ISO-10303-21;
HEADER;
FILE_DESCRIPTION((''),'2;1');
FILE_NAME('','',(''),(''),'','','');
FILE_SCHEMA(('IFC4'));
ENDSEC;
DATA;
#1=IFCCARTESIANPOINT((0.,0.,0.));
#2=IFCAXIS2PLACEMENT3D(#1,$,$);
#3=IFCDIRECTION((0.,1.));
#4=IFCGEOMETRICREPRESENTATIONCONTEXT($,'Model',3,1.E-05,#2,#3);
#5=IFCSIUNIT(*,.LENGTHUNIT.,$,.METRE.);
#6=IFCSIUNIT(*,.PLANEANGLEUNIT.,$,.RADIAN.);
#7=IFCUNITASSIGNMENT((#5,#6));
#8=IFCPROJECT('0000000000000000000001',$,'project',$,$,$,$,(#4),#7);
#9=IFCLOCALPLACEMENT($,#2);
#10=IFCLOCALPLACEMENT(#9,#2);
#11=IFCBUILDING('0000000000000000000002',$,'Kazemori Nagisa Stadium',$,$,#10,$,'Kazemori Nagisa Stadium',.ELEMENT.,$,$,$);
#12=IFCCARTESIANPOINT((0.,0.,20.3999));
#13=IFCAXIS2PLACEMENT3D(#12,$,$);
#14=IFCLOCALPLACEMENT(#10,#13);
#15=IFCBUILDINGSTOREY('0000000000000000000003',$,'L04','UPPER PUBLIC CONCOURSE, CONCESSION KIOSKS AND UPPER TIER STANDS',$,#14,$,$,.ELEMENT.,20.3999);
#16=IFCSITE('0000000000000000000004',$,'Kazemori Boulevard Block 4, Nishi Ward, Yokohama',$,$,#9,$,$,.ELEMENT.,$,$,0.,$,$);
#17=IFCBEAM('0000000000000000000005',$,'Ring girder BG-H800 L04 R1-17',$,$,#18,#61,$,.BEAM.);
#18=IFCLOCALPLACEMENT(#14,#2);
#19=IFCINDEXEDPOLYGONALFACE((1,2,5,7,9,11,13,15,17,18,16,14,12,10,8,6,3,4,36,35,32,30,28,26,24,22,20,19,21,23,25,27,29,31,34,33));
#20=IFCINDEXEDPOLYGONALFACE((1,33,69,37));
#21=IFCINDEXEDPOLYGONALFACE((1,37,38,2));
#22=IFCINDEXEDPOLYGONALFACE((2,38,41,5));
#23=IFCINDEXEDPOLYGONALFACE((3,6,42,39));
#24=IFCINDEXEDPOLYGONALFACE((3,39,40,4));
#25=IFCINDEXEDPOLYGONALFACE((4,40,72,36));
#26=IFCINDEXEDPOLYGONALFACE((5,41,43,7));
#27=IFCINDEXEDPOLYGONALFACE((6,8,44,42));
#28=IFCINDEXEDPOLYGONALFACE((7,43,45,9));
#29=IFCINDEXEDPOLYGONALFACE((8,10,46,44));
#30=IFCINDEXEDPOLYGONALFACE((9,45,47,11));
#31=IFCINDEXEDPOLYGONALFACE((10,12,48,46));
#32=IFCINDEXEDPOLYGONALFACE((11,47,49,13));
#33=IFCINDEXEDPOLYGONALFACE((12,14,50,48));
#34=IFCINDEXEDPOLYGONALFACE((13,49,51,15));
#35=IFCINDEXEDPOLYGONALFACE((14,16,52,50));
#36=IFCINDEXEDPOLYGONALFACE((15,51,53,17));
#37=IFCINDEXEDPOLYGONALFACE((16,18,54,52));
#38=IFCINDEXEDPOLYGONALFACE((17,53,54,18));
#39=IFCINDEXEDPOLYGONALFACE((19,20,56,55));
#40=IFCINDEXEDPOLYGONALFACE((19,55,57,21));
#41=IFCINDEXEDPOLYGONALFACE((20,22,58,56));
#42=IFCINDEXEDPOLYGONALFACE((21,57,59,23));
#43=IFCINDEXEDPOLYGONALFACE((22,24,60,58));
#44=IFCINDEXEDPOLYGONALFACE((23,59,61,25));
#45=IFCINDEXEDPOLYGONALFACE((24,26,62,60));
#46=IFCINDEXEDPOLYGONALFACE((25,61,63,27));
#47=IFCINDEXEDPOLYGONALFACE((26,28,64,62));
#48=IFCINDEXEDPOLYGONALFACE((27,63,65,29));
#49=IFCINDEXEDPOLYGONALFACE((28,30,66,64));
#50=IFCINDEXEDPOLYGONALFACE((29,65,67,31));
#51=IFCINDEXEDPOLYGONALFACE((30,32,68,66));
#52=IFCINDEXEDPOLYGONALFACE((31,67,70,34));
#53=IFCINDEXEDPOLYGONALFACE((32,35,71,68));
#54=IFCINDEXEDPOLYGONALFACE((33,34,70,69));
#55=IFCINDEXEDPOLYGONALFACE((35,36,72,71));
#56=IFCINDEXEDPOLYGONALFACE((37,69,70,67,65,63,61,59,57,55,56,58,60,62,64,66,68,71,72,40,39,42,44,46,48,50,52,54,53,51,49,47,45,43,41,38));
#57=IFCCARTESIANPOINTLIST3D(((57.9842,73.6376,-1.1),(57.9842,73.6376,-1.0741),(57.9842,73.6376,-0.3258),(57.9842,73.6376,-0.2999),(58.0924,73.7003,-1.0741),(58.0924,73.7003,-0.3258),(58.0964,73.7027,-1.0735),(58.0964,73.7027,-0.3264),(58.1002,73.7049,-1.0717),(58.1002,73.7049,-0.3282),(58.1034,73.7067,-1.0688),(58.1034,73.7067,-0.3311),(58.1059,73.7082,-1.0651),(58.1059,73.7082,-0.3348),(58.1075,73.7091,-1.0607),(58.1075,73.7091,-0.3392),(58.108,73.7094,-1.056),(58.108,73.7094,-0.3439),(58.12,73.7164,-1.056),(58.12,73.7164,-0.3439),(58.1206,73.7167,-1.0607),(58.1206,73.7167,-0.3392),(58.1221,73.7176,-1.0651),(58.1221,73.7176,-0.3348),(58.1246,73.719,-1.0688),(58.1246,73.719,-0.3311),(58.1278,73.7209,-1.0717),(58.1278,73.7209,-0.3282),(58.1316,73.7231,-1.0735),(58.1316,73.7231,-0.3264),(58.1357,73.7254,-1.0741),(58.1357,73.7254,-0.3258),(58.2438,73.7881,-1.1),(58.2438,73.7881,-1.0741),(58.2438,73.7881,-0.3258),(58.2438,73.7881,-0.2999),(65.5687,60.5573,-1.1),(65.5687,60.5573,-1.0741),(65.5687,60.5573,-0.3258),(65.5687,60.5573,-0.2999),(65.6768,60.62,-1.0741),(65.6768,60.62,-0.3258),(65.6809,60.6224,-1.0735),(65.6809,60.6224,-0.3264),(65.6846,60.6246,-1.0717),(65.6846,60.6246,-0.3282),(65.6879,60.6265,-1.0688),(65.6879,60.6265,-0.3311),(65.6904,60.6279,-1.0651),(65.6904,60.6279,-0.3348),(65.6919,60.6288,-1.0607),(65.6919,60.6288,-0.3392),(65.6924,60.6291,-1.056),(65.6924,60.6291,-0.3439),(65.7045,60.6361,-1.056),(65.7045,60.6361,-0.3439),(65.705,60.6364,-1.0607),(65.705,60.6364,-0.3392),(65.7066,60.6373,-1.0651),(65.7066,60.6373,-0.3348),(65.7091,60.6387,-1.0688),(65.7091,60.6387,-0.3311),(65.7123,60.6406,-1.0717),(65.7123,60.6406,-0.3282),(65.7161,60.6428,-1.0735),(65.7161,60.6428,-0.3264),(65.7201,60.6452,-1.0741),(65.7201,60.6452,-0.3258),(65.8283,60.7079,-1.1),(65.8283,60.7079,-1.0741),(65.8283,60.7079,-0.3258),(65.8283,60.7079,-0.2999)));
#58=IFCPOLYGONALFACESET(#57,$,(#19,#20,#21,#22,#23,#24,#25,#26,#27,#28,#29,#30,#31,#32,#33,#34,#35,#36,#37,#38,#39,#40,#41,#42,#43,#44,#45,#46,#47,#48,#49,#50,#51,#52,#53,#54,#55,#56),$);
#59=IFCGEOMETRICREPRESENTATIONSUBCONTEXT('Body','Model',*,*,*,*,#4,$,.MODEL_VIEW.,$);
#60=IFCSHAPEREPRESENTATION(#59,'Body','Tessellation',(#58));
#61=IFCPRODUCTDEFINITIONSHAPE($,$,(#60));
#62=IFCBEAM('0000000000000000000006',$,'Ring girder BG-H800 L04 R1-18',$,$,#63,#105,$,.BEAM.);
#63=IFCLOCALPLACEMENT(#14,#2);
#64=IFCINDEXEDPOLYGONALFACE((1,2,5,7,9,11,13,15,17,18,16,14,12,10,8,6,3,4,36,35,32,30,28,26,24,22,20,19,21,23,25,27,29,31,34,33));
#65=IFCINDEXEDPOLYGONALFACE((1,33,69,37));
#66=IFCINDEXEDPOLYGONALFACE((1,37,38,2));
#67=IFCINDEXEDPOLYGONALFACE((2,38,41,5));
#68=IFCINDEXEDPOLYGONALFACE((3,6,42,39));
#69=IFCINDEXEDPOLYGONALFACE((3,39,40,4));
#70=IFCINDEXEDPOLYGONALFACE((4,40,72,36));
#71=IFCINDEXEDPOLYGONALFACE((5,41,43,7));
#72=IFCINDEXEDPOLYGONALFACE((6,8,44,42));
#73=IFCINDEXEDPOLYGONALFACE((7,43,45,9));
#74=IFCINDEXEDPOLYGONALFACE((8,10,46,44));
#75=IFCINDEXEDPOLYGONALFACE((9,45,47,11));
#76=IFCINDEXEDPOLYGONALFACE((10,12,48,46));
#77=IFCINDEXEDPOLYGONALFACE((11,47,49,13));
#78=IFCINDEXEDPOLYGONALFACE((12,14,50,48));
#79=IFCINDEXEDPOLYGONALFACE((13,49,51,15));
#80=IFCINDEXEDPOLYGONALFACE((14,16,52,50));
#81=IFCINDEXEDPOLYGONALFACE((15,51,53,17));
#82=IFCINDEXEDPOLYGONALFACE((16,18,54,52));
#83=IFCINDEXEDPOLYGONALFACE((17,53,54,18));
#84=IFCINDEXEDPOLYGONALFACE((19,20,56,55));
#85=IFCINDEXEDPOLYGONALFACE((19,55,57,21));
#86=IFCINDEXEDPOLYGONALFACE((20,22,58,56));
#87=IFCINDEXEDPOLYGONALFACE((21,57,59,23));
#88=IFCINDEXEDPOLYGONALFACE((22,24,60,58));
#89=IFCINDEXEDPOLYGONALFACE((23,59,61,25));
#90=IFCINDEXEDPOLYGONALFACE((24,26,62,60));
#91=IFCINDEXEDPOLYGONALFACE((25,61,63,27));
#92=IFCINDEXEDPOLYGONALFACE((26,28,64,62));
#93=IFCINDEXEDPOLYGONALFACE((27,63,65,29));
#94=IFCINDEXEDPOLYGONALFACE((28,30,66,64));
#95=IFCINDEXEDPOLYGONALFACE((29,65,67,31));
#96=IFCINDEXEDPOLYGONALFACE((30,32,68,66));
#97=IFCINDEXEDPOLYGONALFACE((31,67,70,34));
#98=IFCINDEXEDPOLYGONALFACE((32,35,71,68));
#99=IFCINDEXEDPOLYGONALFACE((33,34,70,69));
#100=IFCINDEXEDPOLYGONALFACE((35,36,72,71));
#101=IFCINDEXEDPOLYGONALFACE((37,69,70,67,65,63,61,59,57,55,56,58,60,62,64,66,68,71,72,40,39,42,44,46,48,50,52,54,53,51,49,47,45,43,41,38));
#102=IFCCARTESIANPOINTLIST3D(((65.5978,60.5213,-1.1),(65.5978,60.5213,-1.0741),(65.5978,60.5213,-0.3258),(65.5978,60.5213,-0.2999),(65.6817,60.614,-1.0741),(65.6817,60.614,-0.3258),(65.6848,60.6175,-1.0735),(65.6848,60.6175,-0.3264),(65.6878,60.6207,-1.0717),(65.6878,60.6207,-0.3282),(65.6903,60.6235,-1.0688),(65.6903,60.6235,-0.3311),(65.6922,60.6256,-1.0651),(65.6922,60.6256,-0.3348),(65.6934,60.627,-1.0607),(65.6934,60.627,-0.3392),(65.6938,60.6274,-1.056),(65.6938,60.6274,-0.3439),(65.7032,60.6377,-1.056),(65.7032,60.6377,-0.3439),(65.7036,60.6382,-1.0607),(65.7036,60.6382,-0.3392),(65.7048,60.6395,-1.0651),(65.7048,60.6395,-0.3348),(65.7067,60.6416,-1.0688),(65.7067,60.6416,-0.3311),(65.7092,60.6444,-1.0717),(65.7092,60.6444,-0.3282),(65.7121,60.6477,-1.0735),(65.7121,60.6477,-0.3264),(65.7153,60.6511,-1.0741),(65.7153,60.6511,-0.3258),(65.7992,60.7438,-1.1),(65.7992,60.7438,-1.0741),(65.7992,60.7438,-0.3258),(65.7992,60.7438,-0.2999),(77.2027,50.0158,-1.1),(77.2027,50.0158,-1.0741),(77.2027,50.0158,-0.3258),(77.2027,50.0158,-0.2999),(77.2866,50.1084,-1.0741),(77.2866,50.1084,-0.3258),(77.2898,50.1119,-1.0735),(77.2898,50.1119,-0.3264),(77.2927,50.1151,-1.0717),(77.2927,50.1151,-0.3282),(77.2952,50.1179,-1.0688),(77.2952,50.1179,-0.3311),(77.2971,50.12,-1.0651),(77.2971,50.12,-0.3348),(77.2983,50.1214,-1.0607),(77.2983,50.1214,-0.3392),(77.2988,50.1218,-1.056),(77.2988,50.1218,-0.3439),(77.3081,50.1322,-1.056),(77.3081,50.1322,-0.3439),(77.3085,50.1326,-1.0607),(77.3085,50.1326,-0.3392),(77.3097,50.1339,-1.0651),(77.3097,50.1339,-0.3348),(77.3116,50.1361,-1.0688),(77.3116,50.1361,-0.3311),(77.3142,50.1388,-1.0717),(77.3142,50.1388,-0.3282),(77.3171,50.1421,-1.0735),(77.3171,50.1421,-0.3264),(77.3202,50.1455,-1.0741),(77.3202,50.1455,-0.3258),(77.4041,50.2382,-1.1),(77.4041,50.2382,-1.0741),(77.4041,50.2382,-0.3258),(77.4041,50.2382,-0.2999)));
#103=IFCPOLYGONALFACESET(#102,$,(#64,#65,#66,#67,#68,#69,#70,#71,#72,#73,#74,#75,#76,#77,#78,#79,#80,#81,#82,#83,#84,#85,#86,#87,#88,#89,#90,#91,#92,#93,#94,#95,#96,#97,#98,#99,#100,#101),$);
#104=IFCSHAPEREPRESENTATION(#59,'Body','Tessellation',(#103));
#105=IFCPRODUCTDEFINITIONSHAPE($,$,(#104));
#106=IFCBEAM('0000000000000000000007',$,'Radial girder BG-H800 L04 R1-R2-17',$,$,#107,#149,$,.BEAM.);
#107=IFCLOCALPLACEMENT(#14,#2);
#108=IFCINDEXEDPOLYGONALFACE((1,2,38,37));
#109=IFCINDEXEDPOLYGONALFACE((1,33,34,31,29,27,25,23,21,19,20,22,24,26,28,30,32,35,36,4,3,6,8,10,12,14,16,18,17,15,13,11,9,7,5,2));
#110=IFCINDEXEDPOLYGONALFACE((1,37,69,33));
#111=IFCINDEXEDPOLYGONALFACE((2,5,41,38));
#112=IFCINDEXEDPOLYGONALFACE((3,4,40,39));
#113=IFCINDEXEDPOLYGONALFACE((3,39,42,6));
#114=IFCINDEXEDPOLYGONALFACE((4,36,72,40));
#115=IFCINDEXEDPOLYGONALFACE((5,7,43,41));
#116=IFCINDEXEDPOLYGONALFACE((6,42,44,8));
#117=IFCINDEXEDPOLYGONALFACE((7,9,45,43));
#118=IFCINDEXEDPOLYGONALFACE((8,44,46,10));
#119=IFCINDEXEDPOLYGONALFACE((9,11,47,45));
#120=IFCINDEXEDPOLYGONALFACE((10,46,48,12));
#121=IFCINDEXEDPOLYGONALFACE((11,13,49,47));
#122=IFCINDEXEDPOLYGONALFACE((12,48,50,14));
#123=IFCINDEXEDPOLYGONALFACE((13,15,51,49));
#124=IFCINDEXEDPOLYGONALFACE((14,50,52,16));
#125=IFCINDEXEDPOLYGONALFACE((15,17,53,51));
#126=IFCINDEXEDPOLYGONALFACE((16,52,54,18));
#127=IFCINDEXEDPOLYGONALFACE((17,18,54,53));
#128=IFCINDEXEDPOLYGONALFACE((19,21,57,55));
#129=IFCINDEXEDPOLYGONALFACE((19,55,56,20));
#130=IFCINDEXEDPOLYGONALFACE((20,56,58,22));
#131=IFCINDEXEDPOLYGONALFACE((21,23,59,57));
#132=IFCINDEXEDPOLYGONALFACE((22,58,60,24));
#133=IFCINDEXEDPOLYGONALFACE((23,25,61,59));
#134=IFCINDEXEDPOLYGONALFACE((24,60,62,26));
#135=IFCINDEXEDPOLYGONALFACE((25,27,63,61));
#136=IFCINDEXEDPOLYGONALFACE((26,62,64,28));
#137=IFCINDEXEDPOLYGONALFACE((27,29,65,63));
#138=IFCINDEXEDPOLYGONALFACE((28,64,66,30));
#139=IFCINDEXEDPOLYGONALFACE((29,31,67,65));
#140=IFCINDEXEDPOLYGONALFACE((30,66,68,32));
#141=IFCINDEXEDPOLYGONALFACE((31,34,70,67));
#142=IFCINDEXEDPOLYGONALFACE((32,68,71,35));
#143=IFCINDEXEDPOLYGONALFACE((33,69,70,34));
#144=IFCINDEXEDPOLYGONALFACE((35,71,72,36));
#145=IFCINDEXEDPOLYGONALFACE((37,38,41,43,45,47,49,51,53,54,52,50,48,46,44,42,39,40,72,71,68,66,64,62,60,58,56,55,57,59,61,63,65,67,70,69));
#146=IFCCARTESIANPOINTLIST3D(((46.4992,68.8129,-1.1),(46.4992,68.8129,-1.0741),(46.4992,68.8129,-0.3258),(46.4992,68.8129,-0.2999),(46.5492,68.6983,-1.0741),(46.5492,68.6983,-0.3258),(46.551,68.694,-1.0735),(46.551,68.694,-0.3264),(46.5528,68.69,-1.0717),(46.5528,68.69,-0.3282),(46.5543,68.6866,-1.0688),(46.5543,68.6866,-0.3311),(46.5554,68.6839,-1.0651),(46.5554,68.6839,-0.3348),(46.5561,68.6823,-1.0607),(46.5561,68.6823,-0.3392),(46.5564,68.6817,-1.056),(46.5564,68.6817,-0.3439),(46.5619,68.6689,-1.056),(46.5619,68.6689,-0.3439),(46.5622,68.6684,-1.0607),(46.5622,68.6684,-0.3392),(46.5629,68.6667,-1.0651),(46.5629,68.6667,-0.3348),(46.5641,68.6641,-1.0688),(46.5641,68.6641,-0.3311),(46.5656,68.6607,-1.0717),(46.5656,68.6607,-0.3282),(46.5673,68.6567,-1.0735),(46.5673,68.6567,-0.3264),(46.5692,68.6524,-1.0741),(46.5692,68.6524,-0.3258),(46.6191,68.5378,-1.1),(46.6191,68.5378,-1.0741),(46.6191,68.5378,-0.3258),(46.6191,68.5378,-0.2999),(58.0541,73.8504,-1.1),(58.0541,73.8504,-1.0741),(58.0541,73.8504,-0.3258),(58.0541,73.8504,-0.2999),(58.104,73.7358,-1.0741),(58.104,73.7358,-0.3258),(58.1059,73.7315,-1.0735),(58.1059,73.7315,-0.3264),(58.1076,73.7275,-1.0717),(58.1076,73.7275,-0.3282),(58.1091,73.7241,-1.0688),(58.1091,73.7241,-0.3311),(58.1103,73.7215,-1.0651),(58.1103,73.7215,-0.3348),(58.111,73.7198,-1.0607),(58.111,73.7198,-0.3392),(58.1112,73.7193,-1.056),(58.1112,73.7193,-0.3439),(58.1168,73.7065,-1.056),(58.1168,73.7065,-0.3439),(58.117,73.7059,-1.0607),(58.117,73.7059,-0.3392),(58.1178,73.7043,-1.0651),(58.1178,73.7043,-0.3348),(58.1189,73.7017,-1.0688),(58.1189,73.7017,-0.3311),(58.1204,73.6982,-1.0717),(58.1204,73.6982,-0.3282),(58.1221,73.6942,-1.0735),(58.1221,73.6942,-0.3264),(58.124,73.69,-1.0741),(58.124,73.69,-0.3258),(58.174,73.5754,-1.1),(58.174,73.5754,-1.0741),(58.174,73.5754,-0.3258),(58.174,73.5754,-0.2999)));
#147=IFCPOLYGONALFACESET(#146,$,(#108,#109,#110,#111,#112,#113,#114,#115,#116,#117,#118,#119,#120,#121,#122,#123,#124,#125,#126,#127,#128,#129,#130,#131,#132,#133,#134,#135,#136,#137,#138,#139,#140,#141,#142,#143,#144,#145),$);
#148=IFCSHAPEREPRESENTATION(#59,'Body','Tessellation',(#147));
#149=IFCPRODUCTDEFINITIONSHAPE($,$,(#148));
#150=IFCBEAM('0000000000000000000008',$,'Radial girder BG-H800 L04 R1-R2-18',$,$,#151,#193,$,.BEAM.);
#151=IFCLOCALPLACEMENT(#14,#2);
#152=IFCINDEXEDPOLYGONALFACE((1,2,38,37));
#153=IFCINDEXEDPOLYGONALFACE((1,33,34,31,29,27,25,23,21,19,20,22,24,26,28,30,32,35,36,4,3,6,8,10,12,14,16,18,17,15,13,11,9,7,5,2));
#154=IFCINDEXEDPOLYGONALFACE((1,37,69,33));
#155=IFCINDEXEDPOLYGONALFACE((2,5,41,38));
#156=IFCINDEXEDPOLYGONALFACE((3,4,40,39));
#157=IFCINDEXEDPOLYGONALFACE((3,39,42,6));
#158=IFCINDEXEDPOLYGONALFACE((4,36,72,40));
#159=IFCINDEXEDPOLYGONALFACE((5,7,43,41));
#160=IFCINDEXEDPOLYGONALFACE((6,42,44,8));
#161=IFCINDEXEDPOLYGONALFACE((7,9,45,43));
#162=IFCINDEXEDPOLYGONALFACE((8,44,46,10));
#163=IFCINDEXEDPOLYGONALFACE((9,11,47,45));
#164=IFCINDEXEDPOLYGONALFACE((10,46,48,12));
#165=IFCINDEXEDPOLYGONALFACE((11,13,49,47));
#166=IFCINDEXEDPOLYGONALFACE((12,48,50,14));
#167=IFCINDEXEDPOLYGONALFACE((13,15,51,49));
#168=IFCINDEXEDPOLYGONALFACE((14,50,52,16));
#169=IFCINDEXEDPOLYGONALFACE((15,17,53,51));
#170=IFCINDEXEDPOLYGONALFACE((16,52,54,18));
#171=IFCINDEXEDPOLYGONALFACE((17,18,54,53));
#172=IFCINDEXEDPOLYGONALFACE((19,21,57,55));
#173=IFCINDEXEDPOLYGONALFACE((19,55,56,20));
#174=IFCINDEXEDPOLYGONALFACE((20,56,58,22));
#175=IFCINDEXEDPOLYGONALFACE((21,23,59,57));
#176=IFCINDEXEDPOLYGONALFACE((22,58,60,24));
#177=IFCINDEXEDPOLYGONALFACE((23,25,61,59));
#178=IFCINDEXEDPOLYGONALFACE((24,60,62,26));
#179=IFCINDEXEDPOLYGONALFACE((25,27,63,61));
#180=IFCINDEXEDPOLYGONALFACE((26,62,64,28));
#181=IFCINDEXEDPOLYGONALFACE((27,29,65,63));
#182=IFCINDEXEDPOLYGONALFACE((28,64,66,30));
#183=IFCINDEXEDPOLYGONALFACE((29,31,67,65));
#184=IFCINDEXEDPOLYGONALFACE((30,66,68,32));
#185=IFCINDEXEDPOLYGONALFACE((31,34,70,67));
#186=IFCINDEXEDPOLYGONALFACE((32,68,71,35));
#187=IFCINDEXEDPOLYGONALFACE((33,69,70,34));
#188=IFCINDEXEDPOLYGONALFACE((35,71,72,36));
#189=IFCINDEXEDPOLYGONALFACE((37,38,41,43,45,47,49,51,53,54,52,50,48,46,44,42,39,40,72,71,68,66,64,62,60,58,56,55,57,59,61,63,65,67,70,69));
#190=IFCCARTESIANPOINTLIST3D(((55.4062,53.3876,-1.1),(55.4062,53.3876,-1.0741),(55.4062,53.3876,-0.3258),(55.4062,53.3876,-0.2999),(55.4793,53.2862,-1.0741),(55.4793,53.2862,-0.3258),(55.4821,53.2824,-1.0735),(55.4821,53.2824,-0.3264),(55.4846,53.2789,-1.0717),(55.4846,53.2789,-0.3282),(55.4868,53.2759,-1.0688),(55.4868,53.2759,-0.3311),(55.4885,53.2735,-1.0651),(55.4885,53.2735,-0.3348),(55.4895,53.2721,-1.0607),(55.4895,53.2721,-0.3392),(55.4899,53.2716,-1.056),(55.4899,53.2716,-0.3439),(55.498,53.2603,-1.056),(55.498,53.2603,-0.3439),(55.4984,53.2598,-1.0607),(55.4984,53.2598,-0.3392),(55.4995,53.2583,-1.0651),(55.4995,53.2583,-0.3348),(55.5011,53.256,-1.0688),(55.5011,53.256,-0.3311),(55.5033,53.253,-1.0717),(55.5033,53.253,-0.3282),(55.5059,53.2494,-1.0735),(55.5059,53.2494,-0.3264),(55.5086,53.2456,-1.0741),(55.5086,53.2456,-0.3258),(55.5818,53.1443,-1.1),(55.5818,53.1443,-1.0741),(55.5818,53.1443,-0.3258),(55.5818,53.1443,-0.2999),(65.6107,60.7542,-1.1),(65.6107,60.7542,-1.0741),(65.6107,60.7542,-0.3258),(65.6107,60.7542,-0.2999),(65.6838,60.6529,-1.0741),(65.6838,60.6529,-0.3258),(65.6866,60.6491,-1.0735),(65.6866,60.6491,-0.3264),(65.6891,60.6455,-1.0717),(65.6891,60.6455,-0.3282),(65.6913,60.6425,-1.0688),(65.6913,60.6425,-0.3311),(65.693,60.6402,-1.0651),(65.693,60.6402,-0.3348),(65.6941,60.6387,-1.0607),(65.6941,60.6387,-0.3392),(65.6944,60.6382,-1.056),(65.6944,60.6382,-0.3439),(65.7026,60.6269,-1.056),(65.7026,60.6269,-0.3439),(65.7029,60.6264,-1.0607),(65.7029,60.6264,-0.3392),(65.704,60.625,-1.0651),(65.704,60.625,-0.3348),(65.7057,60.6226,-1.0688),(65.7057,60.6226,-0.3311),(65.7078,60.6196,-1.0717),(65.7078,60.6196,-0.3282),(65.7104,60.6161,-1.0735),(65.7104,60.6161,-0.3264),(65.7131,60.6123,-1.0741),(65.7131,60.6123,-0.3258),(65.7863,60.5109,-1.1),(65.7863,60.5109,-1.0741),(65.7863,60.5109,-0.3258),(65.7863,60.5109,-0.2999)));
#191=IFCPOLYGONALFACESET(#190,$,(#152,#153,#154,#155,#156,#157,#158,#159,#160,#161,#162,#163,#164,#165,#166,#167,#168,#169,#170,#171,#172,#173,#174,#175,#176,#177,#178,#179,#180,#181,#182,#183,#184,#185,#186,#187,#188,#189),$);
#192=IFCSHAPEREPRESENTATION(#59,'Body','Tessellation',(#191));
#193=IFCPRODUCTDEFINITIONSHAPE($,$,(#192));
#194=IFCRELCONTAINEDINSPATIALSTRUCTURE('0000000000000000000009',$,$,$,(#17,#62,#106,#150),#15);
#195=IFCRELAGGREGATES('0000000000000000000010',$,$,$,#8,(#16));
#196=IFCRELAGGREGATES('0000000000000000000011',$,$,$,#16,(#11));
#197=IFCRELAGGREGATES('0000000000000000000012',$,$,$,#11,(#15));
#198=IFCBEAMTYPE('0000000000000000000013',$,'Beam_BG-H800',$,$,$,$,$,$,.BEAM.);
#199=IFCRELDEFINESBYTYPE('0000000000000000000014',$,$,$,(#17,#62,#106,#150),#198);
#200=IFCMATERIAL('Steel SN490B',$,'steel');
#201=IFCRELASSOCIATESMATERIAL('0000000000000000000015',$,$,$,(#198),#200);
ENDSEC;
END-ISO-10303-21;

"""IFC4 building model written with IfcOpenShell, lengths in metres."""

from ifc_helpers import new_model, si_unit, direction, frame, origin, origin_2d, place, context, subcontext, project, spatial, i_section, extrude, material, material_profile, profile_set, type_object, element, save


model = new_model("IFC4")

# Units and contexts
model_context = context("Model", 3, precision=1e-05, world=origin(), true_north=direction((0.0, 1.0)))
body_context = subcontext(model_context, "Body", "Model", "MODEL_VIEW")
ifc_project = project(units=[si_unit("LENGTHUNIT", "METRE"), si_unit("PLANEANGLEUNIT", "RADIAN")], contexts=[model_context])

# Site, building, storey
site_placement = place(None, origin())
site = spatial("IfcSite", under=ifc_project, at=site_placement, Name="Kazemori Boulevard Block 4, Nishi Ward, Yokohama", CompositionType="ELEMENT", RefElevation=0.0)
building_placement = place(site_placement, origin())
building = spatial("IfcBuilding", under=site, at=building_placement, Name="Kazemori Nagisa Stadium", LongName="Kazemori Nagisa Stadium", CompositionType="ELEMENT")
storey_placement = place(building_placement, frame((0.0, 0.0, 20.3999)))
storey = spatial("IfcBuildingStorey", under=building, at=storey_placement, Name="L04", Description="UPPER PUBLIC CONCOURSE, CONCESSION KIOSKS AND UPPER TIER STANDS", CompositionType="ELEMENT", Elevation=20.3999)

# Beams
ifc_material_1 = material(Name="Steel SN490B", Category="steel")
ifc_material_profile_1 = material_profile(ifc_material_1, i_section(OverallWidth=0.3, OverallDepth=0.8, WebThickness=0.0139, FlangeThickness=0.0259, FilletRadius=0.0181, at=origin_2d()), Name="H-800x300x14x26")
ifc_profile_set_1 = profile_set([ifc_material_profile_1], Name="Steel SN490B")
beam_type_1 = type_object("IfcBeamType", Name="Beam_BG-H800", PredefinedType="BEAM", material=ifc_profile_set_1)
beam_1_placement = place(storey_placement, frame((58.114, 73.7129, -0.7), z_axis=(0.501613, -0.865092, 0.0), x_axis=(0.865092, 0.501613, 0.0)))
element("IfcBeam", 1, at=beam_1_placement, inside=storey, type_object=beam_type_1, Name="Ring girder BG-H800 L04 R1-17", PredefinedType="BEAM", context=body_context, shape_type="SweptSolid", body=[
    extrude(i_section(OverallWidth=0.3, OverallDepth=0.8, WebThickness=0.0139, FlangeThickness=0.0259, FilletRadius=0.0181, at=origin_2d()), origin(), (0.0, 0.0, 1.0), 15.1201),
])
beam_2_placement = place(storey_placement, frame((65.6985, 60.6326, -0.7), z_axis=(0.741349, -0.67112, 0.0), x_axis=(0.67112, 0.741349, 0.0)))
element("IfcBeam", 2, at=beam_2_placement, inside=storey, type_object=beam_type_1, Name="Ring girder BG-H800 L04 R1-18", PredefinedType="BEAM", context=body_context, shape_type="SweptSolid", body=[
    extrude(i_section(OverallWidth=0.3, OverallDepth=0.8, WebThickness=0.0139, FlangeThickness=0.0259, FilletRadius=0.0181, at=origin_2d()), origin(), (0.0, 0.0, 1.0), 15.6538),
])
beam_3_placement = place(storey_placement, frame((58.114, 73.7129, -0.7), z_axis=(-0.916672, -0.399641, 0.0), x_axis=(0.399641, -0.916672, 0.0)))
element("IfcBeam", 3, at=beam_3_placement, inside=storey, type_object=beam_type_1, Name="Radial girder BG-H800 L04 R1-R2-17", PredefinedType="BEAM", context=body_context, shape_type="SweptSolid", body=[
    extrude(i_section(OverallWidth=0.3, OverallDepth=0.8, WebThickness=0.0139, FlangeThickness=0.0259, FilletRadius=0.0181, at=origin_2d()), origin(), (0.0, 0.0, 1.0), 12.6052),
])
beam_4_placement = place(storey_placement, frame((65.6985, 60.6326, -0.7), z_axis=(-0.810803, -0.585319, 0.0), x_axis=(0.585319, -0.810803, 0.0)))
element("IfcBeam", 4, at=beam_4_placement, inside=storey, type_object=beam_type_1, Name="Radial girder BG-H800 L04 R1-R2-18", PredefinedType="BEAM", context=body_context, shape_type="SweptSolid", body=[
    extrude(i_section(OverallWidth=0.3, OverallDepth=0.8, WebThickness=0.0139, FlangeThickness=0.0259, FilletRadius=0.0181, at=origin_2d()), origin(), (0.0, 0.0, 1.0), 12.5857),
])

save(model, "model.ifc")
